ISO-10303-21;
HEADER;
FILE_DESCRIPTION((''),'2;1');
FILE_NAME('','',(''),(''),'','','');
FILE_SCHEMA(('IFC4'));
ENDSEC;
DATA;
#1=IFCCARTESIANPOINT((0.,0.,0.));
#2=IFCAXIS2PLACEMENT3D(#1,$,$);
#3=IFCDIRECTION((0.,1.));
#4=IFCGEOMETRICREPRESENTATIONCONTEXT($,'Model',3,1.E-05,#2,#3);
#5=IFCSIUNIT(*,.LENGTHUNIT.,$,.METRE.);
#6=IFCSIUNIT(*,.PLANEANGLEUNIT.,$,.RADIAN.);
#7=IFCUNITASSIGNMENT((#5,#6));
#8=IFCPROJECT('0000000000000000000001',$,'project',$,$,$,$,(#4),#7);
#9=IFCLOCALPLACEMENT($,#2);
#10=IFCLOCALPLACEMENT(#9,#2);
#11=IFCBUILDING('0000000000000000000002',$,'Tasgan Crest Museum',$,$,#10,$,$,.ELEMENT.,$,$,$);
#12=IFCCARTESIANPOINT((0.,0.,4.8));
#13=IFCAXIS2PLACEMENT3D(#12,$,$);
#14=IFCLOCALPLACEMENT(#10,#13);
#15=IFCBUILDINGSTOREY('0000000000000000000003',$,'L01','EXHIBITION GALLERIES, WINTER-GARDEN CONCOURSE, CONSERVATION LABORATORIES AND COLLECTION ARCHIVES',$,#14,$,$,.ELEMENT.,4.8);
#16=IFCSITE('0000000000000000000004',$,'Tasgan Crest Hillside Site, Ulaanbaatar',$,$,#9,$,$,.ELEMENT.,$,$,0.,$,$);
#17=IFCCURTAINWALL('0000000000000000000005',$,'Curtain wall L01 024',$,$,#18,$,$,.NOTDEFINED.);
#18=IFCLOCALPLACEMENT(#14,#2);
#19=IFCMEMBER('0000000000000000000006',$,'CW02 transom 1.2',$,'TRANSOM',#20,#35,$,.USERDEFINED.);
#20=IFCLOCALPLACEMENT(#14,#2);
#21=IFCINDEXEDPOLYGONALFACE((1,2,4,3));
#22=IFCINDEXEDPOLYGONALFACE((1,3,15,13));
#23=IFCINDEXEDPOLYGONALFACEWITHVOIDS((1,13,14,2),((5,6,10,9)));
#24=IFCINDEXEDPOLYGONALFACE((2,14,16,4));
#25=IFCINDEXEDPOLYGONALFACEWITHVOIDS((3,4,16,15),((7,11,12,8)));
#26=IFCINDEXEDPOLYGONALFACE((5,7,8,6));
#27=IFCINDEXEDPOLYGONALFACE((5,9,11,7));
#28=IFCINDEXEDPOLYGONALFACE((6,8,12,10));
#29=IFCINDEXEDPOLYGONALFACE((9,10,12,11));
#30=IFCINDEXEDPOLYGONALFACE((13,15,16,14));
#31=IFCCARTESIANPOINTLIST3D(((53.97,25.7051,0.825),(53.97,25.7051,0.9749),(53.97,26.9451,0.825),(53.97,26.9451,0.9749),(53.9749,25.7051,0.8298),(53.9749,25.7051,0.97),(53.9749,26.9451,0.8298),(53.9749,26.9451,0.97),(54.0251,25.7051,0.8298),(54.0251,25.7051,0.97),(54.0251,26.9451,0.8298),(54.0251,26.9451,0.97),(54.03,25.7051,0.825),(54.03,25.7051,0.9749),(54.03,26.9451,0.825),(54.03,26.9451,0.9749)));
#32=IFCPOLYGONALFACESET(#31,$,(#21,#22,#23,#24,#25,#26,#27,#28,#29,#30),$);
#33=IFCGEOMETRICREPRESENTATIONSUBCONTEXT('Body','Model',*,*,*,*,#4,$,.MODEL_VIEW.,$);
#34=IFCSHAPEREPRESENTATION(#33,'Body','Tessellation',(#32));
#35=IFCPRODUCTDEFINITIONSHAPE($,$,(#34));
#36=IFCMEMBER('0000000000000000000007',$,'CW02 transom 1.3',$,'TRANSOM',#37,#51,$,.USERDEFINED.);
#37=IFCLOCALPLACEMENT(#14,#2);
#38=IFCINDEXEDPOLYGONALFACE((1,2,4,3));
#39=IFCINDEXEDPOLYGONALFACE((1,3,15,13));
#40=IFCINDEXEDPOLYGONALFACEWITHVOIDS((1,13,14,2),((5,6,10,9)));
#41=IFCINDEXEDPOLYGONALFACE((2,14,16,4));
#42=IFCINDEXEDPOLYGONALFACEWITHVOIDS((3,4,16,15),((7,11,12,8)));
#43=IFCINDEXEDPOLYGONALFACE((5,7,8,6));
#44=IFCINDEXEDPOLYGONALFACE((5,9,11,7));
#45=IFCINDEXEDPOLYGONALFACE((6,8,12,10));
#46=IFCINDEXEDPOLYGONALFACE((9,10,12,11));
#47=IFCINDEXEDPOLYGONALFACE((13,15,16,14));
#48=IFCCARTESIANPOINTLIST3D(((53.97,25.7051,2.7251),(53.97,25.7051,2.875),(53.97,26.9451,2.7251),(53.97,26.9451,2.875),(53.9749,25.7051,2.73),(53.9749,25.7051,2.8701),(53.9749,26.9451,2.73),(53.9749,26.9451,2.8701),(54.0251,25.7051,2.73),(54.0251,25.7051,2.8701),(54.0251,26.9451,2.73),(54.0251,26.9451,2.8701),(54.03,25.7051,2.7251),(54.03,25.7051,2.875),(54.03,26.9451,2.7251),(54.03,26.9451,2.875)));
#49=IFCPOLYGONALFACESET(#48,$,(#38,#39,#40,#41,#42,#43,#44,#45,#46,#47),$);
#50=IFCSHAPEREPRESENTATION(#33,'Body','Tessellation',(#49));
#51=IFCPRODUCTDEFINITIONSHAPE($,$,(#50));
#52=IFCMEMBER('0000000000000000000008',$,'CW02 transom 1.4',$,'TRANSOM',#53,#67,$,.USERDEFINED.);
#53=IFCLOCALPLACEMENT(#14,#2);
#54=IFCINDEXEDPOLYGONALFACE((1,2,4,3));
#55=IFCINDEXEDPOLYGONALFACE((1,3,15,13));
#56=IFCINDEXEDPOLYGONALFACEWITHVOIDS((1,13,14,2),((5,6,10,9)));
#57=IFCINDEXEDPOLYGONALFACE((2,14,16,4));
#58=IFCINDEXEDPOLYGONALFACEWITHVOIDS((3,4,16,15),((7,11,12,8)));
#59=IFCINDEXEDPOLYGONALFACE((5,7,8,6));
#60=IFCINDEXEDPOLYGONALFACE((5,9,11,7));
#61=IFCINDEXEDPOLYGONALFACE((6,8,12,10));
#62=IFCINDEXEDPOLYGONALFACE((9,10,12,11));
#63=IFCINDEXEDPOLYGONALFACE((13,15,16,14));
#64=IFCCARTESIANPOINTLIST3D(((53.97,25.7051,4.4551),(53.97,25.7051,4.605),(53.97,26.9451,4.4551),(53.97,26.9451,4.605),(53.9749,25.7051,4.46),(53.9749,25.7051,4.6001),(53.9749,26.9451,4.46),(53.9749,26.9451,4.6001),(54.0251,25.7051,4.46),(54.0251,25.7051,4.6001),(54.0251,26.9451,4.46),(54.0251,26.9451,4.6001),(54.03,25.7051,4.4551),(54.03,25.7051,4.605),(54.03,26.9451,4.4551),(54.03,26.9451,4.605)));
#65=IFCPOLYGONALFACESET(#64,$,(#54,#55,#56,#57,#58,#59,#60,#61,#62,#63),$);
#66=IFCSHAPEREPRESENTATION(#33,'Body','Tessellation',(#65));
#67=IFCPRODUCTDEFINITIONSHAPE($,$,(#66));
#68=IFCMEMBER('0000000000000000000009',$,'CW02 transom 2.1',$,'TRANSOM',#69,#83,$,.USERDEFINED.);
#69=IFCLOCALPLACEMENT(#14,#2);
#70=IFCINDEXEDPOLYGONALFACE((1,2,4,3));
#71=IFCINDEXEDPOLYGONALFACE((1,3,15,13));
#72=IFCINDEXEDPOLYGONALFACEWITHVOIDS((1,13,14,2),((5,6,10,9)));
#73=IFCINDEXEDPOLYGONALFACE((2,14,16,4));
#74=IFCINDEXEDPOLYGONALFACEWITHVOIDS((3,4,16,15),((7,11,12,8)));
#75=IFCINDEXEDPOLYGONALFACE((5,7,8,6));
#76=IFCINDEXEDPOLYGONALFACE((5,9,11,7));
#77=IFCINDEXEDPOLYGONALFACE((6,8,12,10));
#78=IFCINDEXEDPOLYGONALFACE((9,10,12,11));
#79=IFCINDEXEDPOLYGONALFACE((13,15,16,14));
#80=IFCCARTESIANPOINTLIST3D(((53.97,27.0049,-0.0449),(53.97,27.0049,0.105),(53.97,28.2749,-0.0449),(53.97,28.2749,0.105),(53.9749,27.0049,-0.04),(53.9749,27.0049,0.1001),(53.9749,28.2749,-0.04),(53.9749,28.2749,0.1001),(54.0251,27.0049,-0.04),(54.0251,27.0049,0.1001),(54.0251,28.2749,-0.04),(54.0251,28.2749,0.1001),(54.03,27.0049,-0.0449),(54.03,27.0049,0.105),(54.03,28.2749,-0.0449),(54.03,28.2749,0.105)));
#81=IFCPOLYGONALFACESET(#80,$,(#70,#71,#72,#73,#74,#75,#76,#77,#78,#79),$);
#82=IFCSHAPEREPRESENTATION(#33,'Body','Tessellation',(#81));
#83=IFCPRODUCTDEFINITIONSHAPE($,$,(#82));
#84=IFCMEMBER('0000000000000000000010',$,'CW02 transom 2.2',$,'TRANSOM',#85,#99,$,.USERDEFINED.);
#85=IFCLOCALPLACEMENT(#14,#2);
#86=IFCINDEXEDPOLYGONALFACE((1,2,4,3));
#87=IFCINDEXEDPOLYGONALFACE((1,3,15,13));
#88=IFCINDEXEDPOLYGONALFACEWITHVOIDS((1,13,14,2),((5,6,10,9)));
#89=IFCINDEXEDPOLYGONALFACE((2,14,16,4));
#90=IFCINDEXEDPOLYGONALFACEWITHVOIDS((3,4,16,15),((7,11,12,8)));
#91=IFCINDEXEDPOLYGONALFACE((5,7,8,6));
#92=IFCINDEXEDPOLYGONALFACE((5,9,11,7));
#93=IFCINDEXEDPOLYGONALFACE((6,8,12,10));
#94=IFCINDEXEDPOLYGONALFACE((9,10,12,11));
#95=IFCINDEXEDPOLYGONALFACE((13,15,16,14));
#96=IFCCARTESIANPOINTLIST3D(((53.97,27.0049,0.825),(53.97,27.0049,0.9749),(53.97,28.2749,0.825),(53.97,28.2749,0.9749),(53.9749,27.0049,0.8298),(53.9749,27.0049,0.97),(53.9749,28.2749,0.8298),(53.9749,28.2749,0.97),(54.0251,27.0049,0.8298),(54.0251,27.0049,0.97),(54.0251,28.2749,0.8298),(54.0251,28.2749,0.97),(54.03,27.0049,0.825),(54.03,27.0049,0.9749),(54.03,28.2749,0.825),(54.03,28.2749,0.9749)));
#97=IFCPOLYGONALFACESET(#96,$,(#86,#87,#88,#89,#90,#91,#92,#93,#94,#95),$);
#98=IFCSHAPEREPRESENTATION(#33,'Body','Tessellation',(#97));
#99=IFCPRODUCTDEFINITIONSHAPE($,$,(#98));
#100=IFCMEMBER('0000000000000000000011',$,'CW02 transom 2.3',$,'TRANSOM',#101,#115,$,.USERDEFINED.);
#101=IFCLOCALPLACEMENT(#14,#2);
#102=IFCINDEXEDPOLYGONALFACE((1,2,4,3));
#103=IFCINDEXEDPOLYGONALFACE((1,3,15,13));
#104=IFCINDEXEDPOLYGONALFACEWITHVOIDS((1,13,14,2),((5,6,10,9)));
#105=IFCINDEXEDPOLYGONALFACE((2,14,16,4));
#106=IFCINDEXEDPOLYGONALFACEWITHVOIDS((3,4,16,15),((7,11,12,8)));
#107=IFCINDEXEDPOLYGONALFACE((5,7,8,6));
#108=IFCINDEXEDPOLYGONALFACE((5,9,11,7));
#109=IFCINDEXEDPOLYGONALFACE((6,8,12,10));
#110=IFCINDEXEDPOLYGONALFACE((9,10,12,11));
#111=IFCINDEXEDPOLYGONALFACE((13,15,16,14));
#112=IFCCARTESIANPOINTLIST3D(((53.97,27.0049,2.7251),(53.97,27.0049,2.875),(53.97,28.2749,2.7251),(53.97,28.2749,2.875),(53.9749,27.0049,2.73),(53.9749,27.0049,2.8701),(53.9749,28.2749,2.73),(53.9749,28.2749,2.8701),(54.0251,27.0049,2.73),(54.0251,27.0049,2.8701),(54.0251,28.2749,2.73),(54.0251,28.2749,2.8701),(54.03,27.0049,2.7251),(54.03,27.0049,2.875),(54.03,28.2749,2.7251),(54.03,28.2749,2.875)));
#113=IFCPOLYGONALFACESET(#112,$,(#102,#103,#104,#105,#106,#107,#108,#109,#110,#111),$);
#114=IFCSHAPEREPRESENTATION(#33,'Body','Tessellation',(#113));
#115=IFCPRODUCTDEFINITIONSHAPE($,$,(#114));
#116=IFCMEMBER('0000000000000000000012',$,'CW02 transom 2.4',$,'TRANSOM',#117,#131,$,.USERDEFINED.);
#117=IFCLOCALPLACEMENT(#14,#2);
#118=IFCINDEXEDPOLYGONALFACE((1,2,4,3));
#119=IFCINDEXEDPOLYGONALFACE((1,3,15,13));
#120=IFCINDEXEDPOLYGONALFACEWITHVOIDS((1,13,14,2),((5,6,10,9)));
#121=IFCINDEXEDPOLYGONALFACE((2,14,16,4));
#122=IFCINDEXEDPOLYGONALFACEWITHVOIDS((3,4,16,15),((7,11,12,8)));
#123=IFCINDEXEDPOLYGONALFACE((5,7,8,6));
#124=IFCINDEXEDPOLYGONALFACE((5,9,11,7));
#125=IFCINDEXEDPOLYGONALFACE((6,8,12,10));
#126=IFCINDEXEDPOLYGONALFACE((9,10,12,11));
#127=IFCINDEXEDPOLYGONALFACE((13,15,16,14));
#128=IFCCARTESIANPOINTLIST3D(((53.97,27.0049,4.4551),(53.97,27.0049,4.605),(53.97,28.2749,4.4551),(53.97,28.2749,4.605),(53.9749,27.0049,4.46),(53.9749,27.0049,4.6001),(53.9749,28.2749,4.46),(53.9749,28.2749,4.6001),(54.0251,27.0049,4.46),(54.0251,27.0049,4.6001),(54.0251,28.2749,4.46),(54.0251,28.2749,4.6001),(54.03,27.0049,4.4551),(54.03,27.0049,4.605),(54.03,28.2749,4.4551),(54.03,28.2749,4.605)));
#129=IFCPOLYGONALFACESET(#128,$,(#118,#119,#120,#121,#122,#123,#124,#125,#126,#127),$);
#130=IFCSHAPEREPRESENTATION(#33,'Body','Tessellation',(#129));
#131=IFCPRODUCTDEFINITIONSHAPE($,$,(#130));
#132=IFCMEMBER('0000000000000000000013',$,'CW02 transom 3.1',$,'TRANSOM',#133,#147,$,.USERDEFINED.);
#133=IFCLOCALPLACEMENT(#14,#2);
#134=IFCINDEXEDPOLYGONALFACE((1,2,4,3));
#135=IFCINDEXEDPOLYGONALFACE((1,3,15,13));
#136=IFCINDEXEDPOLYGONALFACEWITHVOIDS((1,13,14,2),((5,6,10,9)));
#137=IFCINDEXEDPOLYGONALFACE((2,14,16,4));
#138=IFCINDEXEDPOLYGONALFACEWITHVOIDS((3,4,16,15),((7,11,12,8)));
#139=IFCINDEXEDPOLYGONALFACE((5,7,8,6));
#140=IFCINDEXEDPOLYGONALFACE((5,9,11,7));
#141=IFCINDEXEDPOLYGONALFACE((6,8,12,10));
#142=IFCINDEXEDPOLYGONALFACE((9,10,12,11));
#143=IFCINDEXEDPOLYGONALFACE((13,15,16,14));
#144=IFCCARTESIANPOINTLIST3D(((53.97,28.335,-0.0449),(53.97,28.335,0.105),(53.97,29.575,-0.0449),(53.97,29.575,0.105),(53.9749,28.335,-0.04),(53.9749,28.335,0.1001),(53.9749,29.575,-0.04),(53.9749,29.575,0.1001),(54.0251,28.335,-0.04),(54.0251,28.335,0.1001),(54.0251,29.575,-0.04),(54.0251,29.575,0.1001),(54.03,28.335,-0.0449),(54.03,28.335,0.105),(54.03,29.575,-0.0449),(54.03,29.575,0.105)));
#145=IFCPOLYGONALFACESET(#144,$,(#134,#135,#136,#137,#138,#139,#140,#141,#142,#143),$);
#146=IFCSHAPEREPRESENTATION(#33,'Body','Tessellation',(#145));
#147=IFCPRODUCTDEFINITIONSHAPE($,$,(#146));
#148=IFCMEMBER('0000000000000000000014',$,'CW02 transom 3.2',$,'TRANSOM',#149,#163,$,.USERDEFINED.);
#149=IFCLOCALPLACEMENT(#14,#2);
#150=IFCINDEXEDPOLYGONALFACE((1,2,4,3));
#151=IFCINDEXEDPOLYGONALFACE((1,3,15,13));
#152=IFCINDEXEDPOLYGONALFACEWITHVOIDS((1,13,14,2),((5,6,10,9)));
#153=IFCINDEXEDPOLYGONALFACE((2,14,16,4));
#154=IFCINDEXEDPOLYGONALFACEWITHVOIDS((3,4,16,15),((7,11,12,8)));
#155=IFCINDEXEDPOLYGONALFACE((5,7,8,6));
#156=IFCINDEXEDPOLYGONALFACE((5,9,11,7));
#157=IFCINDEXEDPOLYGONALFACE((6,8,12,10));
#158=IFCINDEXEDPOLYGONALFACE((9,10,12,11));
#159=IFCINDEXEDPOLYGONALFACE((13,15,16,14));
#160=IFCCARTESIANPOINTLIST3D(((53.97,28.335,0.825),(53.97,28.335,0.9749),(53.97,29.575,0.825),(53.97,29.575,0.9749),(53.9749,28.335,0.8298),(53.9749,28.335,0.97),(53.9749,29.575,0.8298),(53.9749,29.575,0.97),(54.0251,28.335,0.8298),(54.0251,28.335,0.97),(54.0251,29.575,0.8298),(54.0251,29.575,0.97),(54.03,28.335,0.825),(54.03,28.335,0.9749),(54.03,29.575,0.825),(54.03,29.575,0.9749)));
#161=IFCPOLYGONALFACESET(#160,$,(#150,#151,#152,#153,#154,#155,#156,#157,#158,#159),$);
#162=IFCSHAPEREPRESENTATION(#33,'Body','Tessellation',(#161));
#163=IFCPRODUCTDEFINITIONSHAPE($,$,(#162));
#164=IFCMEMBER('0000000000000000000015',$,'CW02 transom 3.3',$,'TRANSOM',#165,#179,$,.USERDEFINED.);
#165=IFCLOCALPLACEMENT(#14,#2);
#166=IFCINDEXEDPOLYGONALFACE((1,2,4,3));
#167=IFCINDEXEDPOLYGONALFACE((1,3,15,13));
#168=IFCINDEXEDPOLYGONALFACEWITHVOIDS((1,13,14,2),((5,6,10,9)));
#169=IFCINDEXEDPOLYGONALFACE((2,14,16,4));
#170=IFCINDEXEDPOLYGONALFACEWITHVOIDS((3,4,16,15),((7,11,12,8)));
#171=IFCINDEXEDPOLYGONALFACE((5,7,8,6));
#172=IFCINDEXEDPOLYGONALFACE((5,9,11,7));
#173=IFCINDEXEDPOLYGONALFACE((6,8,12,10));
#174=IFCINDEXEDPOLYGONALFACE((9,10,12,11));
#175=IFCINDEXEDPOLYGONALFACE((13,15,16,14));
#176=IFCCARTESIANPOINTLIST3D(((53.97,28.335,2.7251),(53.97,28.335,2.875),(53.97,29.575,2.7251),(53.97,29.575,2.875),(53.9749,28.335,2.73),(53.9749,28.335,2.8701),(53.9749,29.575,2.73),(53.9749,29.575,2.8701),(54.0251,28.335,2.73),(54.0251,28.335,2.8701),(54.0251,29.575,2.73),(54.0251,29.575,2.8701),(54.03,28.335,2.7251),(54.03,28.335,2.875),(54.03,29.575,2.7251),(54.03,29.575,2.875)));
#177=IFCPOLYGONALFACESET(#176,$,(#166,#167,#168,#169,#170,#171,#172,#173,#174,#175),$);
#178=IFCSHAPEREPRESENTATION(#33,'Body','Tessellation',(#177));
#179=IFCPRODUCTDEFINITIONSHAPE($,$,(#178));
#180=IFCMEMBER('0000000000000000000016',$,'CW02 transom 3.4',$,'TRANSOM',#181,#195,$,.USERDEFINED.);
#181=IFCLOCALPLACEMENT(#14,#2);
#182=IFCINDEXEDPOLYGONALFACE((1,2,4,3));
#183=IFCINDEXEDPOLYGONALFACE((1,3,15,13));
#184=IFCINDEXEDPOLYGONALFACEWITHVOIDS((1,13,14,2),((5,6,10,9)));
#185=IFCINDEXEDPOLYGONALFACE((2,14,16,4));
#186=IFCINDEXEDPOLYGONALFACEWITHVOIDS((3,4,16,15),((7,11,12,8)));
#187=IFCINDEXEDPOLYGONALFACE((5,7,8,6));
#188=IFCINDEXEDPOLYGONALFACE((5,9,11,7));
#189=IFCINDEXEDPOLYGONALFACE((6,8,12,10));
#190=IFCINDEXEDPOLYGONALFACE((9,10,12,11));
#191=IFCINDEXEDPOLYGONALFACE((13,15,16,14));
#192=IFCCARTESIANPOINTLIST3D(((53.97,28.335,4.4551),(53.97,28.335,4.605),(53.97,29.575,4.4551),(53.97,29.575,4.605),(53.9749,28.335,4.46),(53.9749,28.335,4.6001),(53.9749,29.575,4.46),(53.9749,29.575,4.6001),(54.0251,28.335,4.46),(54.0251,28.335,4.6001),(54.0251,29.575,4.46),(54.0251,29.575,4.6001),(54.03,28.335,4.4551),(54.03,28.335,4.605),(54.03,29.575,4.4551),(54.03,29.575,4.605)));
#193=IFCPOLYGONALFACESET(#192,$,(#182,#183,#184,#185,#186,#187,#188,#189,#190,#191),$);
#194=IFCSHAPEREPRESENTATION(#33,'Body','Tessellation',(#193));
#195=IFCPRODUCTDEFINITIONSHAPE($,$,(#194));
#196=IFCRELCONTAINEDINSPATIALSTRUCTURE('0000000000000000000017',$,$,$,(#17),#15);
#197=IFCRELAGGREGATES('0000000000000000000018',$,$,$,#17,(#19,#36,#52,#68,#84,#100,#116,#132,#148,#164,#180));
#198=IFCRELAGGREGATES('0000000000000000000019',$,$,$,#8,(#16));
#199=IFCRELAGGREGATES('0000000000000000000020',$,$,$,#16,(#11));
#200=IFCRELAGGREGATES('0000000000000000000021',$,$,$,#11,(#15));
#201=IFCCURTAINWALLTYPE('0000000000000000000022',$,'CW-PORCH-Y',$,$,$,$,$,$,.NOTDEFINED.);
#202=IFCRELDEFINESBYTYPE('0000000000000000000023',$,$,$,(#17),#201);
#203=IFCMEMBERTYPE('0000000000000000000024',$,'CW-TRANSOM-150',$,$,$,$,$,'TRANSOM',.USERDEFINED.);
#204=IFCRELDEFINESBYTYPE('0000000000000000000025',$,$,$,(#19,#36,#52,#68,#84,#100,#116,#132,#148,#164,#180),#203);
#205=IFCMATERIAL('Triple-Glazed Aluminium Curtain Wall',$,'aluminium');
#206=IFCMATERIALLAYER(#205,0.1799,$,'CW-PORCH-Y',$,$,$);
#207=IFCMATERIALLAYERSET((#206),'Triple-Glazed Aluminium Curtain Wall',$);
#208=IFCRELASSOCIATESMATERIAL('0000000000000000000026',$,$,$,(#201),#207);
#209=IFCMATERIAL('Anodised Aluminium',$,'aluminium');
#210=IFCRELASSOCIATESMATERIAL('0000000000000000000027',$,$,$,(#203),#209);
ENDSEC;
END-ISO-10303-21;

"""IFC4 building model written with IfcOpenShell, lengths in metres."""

from ifc_helpers import new_model, si_unit, direction, frame, origin, origin_2d, place, context, subcontext, project, spatial, hollow_rectangle, extrude, material, layer, layer_set, material_profile, profile_set, type_object, element, aggregate, save


model = new_model("IFC4")

# Units and contexts
model_context = context("Model", 3, precision=1e-05, world=origin(), true_north=direction((0.0, 1.0)))
body_context = subcontext(model_context, "Body", "Model", "MODEL_VIEW")
ifc_project = project(units=[si_unit("LENGTHUNIT", "METRE"), si_unit("PLANEANGLEUNIT", "RADIAN")], contexts=[model_context])

# Site, building, storey
site_placement = place(None, origin())
site = spatial("IfcSite", under=ifc_project, at=site_placement, Name="Tasgan Crest Hillside Site, Ulaanbaatar", CompositionType="ELEMENT", RefElevation=0.0)
building_placement = place(site_placement, origin())
building = spatial("IfcBuilding", under=site, at=building_placement, Name="Tasgan Crest Museum", CompositionType="ELEMENT")
storey_placement = place(building_placement, frame((0.0, 0.0, 4.8)))
storey = spatial("IfcBuildingStorey", under=building, at=storey_placement, Name="L01", Description="EXHIBITION GALLERIES, WINTER-GARDEN CONCOURSE, CONSERVATION LABORATORIES AND COLLECTION ARCHIVES", CompositionType="ELEMENT", Elevation=4.8)

# Curtain wall, members
ifc_material_1 = material(Name="Triple-Glazed Aluminium Curtain Wall", Category="aluminium")
ifc_layer_1 = layer(ifc_material_1, 0.1799, Name="CW-PORCH-Y")
ifc_layer_set_1 = layer_set([ifc_layer_1], Name="Triple-Glazed Aluminium Curtain Wall")
curtain_wall_type = type_object("IfcCurtainWallType", Name="CW-PORCH-Y", PredefinedType="NOTDEFINED", material=ifc_layer_set_1)
curtain_wall_placement = place(storey_placement, origin())
curtain_wall = element("IfcCurtainWall", 1, at=curtain_wall_placement, inside=storey, type_object=curtain_wall_type, Name="Curtain wall L01 024", PredefinedType="NOTDEFINED")
ifc_material_2 = material(Name="Anodised Aluminium", Category="aluminium")
ifc_material_profile_1 = material_profile(ifc_material_2, hollow_rectangle(XDim=0.0601, YDim=0.1499, WallThickness=0.0049, at=origin_2d()), Name="ALU TRANSOM 150x60x5")
ifc_profile_set_1 = profile_set([ifc_material_profile_1], Name="Anodised Aluminium")
member_type_1 = type_object("IfcMemberType", Name="CW-TRANSOM-150", ElementType="TRANSOM", PredefinedType="USERDEFINED", material=ifc_profile_set_1)
member_1_placement = place(storey_placement, frame((54.0, 25.7051, 0.8999), z_axis=(0.0, 1.0, 0.0), x_axis=(-1.0, 0.0, 0.0)))
member_1 = element("IfcMember", 2, at=member_1_placement, type_object=member_type_1, Name="CW02 transom 1.2", ObjectType="TRANSOM", PredefinedType="USERDEFINED", context=body_context, shape_type="SweptSolid", body=[
    extrude(hollow_rectangle(XDim=0.0601, YDim=0.1499, WallThickness=0.0049, at=origin_2d()), origin(), (0.0, 0.0, 1.0), 1.24),
])
member_2_placement = place(storey_placement, frame((54.0, 25.7051, 2.8), z_axis=(0.0, 1.0, 0.0), x_axis=(-1.0, 0.0, 0.0)))
member_2 = element("IfcMember", 3, at=member_2_placement, type_object=member_type_1, Name="CW02 transom 1.3", ObjectType="TRANSOM", PredefinedType="USERDEFINED", context=body_context, shape_type="SweptSolid", body=[
    extrude(hollow_rectangle(XDim=0.0601, YDim=0.1499, WallThickness=0.0049, at=origin_2d()), origin(), (0.0, 0.0, 1.0), 1.24),
])
member_3_placement = place(storey_placement, frame((54.0, 25.7051, 4.53), z_axis=(0.0, 1.0, 0.0), x_axis=(-1.0, 0.0, 0.0)))
member_3 = element("IfcMember", 4, at=member_3_placement, type_object=member_type_1, Name="CW02 transom 1.4", ObjectType="TRANSOM", PredefinedType="USERDEFINED", context=body_context, shape_type="SweptSolid", body=[
    extrude(hollow_rectangle(XDim=0.0601, YDim=0.1499, WallThickness=0.0049, at=origin_2d()), origin(), (0.0, 0.0, 1.0), 1.24),
])
member_4_placement = place(storey_placement, frame((54.0, 27.0049, 0.03), z_axis=(0.0, 1.0, 0.0), x_axis=(-1.0, 0.0, 0.0)))
member_4 = element("IfcMember", 5, at=member_4_placement, type_object=member_type_1, Name="CW02 transom 2.1", ObjectType="TRANSOM", PredefinedType="USERDEFINED", context=body_context, shape_type="SweptSolid", body=[
    extrude(hollow_rectangle(XDim=0.0601, YDim=0.1499, WallThickness=0.0049, at=origin_2d()), origin(), (0.0, 0.0, 1.0), 1.27),
])
member_5_placement = place(storey_placement, frame((54.0, 27.0049, 0.8999), z_axis=(0.0, 1.0, 0.0), x_axis=(-1.0, 0.0, 0.0)))
member_5 = element("IfcMember", 6, at=member_5_placement, type_object=member_type_1, Name="CW02 transom 2.2", ObjectType="TRANSOM", PredefinedType="USERDEFINED", context=body_context, shape_type="SweptSolid", body=[
    extrude(hollow_rectangle(XDim=0.0601, YDim=0.1499, WallThickness=0.0049, at=origin_2d()), origin(), (0.0, 0.0, 1.0), 1.27),
])
member_6_placement = place(storey_placement, frame((54.0, 27.0049, 2.8), z_axis=(0.0, 1.0, 0.0), x_axis=(-1.0, 0.0, 0.0)))
member_6 = element("IfcMember", 7, at=member_6_placement, type_object=member_type_1, Name="CW02 transom 2.3", ObjectType="TRANSOM", PredefinedType="USERDEFINED", context=body_context, shape_type="SweptSolid", body=[
    extrude(hollow_rectangle(XDim=0.0601, YDim=0.1499, WallThickness=0.0049, at=origin_2d()), origin(), (0.0, 0.0, 1.0), 1.27),
])
member_7_placement = place(storey_placement, frame((54.0, 27.0049, 4.53), z_axis=(0.0, 1.0, 0.0), x_axis=(-1.0, 0.0, 0.0)))
member_7 = element("IfcMember", 8, at=member_7_placement, type_object=member_type_1, Name="CW02 transom 2.4", ObjectType="TRANSOM", PredefinedType="USERDEFINED", context=body_context, shape_type="SweptSolid", body=[
    extrude(hollow_rectangle(XDim=0.0601, YDim=0.1499, WallThickness=0.0049, at=origin_2d()), origin(), (0.0, 0.0, 1.0), 1.27),
])
member_8_placement = place(storey_placement, frame((54.0, 28.335, 0.03), z_axis=(0.0, 1.0, 0.0), x_axis=(-1.0, 0.0, 0.0)))
member_8 = element("IfcMember", 9, at=member_8_placement, type_object=member_type_1, Name="CW02 transom 3.1", ObjectType="TRANSOM", PredefinedType="USERDEFINED", context=body_context, shape_type="SweptSolid", body=[
    extrude(hollow_rectangle(XDim=0.0601, YDim=0.1499, WallThickness=0.0049, at=origin_2d()), origin(), (0.0, 0.0, 1.0), 1.24),
])
member_9_placement = place(storey_placement, frame((54.0, 28.335, 0.8999), z_axis=(0.0, 1.0, 0.0), x_axis=(-1.0, 0.0, 0.0)))
member_9 = element("IfcMember", 10, at=member_9_placement, type_object=member_type_1, Name="CW02 transom 3.2", ObjectType="TRANSOM", PredefinedType="USERDEFINED", context=body_context, shape_type="SweptSolid", body=[
    extrude(hollow_rectangle(XDim=0.0601, YDim=0.1499, WallThickness=0.0049, at=origin_2d()), origin(), (0.0, 0.0, 1.0), 1.24),
])
member_10_placement = place(storey_placement, frame((54.0, 28.335, 2.8), z_axis=(0.0, 1.0, 0.0), x_axis=(-1.0, 0.0, 0.0)))
member_10 = element("IfcMember", 11, at=member_10_placement, type_object=member_type_1, Name="CW02 transom 3.3", ObjectType="TRANSOM", PredefinedType="USERDEFINED", context=body_context, shape_type="SweptSolid", body=[
    extrude(hollow_rectangle(XDim=0.0601, YDim=0.1499, WallThickness=0.0049, at=origin_2d()), origin(), (0.0, 0.0, 1.0), 1.24),
])
member_11_placement = place(storey_placement, frame((54.0, 28.335, 4.53), z_axis=(0.0, 1.0, 0.0), x_axis=(-1.0, 0.0, 0.0)))
member_11 = element("IfcMember", 12, at=member_11_placement, type_object=member_type_1, Name="CW02 transom 3.4", ObjectType="TRANSOM", PredefinedType="USERDEFINED", context=body_context, shape_type="SweptSolid", body=[
    extrude(hollow_rectangle(XDim=0.0601, YDim=0.1499, WallThickness=0.0049, at=origin_2d()), origin(), (0.0, 0.0, 1.0), 1.24),
])
aggregate(curtain_wall, [member_1, member_2, member_3, member_4, member_5, member_6, member_7, member_8, member_9, member_10, member_11])

save(model, "model.ifc")
